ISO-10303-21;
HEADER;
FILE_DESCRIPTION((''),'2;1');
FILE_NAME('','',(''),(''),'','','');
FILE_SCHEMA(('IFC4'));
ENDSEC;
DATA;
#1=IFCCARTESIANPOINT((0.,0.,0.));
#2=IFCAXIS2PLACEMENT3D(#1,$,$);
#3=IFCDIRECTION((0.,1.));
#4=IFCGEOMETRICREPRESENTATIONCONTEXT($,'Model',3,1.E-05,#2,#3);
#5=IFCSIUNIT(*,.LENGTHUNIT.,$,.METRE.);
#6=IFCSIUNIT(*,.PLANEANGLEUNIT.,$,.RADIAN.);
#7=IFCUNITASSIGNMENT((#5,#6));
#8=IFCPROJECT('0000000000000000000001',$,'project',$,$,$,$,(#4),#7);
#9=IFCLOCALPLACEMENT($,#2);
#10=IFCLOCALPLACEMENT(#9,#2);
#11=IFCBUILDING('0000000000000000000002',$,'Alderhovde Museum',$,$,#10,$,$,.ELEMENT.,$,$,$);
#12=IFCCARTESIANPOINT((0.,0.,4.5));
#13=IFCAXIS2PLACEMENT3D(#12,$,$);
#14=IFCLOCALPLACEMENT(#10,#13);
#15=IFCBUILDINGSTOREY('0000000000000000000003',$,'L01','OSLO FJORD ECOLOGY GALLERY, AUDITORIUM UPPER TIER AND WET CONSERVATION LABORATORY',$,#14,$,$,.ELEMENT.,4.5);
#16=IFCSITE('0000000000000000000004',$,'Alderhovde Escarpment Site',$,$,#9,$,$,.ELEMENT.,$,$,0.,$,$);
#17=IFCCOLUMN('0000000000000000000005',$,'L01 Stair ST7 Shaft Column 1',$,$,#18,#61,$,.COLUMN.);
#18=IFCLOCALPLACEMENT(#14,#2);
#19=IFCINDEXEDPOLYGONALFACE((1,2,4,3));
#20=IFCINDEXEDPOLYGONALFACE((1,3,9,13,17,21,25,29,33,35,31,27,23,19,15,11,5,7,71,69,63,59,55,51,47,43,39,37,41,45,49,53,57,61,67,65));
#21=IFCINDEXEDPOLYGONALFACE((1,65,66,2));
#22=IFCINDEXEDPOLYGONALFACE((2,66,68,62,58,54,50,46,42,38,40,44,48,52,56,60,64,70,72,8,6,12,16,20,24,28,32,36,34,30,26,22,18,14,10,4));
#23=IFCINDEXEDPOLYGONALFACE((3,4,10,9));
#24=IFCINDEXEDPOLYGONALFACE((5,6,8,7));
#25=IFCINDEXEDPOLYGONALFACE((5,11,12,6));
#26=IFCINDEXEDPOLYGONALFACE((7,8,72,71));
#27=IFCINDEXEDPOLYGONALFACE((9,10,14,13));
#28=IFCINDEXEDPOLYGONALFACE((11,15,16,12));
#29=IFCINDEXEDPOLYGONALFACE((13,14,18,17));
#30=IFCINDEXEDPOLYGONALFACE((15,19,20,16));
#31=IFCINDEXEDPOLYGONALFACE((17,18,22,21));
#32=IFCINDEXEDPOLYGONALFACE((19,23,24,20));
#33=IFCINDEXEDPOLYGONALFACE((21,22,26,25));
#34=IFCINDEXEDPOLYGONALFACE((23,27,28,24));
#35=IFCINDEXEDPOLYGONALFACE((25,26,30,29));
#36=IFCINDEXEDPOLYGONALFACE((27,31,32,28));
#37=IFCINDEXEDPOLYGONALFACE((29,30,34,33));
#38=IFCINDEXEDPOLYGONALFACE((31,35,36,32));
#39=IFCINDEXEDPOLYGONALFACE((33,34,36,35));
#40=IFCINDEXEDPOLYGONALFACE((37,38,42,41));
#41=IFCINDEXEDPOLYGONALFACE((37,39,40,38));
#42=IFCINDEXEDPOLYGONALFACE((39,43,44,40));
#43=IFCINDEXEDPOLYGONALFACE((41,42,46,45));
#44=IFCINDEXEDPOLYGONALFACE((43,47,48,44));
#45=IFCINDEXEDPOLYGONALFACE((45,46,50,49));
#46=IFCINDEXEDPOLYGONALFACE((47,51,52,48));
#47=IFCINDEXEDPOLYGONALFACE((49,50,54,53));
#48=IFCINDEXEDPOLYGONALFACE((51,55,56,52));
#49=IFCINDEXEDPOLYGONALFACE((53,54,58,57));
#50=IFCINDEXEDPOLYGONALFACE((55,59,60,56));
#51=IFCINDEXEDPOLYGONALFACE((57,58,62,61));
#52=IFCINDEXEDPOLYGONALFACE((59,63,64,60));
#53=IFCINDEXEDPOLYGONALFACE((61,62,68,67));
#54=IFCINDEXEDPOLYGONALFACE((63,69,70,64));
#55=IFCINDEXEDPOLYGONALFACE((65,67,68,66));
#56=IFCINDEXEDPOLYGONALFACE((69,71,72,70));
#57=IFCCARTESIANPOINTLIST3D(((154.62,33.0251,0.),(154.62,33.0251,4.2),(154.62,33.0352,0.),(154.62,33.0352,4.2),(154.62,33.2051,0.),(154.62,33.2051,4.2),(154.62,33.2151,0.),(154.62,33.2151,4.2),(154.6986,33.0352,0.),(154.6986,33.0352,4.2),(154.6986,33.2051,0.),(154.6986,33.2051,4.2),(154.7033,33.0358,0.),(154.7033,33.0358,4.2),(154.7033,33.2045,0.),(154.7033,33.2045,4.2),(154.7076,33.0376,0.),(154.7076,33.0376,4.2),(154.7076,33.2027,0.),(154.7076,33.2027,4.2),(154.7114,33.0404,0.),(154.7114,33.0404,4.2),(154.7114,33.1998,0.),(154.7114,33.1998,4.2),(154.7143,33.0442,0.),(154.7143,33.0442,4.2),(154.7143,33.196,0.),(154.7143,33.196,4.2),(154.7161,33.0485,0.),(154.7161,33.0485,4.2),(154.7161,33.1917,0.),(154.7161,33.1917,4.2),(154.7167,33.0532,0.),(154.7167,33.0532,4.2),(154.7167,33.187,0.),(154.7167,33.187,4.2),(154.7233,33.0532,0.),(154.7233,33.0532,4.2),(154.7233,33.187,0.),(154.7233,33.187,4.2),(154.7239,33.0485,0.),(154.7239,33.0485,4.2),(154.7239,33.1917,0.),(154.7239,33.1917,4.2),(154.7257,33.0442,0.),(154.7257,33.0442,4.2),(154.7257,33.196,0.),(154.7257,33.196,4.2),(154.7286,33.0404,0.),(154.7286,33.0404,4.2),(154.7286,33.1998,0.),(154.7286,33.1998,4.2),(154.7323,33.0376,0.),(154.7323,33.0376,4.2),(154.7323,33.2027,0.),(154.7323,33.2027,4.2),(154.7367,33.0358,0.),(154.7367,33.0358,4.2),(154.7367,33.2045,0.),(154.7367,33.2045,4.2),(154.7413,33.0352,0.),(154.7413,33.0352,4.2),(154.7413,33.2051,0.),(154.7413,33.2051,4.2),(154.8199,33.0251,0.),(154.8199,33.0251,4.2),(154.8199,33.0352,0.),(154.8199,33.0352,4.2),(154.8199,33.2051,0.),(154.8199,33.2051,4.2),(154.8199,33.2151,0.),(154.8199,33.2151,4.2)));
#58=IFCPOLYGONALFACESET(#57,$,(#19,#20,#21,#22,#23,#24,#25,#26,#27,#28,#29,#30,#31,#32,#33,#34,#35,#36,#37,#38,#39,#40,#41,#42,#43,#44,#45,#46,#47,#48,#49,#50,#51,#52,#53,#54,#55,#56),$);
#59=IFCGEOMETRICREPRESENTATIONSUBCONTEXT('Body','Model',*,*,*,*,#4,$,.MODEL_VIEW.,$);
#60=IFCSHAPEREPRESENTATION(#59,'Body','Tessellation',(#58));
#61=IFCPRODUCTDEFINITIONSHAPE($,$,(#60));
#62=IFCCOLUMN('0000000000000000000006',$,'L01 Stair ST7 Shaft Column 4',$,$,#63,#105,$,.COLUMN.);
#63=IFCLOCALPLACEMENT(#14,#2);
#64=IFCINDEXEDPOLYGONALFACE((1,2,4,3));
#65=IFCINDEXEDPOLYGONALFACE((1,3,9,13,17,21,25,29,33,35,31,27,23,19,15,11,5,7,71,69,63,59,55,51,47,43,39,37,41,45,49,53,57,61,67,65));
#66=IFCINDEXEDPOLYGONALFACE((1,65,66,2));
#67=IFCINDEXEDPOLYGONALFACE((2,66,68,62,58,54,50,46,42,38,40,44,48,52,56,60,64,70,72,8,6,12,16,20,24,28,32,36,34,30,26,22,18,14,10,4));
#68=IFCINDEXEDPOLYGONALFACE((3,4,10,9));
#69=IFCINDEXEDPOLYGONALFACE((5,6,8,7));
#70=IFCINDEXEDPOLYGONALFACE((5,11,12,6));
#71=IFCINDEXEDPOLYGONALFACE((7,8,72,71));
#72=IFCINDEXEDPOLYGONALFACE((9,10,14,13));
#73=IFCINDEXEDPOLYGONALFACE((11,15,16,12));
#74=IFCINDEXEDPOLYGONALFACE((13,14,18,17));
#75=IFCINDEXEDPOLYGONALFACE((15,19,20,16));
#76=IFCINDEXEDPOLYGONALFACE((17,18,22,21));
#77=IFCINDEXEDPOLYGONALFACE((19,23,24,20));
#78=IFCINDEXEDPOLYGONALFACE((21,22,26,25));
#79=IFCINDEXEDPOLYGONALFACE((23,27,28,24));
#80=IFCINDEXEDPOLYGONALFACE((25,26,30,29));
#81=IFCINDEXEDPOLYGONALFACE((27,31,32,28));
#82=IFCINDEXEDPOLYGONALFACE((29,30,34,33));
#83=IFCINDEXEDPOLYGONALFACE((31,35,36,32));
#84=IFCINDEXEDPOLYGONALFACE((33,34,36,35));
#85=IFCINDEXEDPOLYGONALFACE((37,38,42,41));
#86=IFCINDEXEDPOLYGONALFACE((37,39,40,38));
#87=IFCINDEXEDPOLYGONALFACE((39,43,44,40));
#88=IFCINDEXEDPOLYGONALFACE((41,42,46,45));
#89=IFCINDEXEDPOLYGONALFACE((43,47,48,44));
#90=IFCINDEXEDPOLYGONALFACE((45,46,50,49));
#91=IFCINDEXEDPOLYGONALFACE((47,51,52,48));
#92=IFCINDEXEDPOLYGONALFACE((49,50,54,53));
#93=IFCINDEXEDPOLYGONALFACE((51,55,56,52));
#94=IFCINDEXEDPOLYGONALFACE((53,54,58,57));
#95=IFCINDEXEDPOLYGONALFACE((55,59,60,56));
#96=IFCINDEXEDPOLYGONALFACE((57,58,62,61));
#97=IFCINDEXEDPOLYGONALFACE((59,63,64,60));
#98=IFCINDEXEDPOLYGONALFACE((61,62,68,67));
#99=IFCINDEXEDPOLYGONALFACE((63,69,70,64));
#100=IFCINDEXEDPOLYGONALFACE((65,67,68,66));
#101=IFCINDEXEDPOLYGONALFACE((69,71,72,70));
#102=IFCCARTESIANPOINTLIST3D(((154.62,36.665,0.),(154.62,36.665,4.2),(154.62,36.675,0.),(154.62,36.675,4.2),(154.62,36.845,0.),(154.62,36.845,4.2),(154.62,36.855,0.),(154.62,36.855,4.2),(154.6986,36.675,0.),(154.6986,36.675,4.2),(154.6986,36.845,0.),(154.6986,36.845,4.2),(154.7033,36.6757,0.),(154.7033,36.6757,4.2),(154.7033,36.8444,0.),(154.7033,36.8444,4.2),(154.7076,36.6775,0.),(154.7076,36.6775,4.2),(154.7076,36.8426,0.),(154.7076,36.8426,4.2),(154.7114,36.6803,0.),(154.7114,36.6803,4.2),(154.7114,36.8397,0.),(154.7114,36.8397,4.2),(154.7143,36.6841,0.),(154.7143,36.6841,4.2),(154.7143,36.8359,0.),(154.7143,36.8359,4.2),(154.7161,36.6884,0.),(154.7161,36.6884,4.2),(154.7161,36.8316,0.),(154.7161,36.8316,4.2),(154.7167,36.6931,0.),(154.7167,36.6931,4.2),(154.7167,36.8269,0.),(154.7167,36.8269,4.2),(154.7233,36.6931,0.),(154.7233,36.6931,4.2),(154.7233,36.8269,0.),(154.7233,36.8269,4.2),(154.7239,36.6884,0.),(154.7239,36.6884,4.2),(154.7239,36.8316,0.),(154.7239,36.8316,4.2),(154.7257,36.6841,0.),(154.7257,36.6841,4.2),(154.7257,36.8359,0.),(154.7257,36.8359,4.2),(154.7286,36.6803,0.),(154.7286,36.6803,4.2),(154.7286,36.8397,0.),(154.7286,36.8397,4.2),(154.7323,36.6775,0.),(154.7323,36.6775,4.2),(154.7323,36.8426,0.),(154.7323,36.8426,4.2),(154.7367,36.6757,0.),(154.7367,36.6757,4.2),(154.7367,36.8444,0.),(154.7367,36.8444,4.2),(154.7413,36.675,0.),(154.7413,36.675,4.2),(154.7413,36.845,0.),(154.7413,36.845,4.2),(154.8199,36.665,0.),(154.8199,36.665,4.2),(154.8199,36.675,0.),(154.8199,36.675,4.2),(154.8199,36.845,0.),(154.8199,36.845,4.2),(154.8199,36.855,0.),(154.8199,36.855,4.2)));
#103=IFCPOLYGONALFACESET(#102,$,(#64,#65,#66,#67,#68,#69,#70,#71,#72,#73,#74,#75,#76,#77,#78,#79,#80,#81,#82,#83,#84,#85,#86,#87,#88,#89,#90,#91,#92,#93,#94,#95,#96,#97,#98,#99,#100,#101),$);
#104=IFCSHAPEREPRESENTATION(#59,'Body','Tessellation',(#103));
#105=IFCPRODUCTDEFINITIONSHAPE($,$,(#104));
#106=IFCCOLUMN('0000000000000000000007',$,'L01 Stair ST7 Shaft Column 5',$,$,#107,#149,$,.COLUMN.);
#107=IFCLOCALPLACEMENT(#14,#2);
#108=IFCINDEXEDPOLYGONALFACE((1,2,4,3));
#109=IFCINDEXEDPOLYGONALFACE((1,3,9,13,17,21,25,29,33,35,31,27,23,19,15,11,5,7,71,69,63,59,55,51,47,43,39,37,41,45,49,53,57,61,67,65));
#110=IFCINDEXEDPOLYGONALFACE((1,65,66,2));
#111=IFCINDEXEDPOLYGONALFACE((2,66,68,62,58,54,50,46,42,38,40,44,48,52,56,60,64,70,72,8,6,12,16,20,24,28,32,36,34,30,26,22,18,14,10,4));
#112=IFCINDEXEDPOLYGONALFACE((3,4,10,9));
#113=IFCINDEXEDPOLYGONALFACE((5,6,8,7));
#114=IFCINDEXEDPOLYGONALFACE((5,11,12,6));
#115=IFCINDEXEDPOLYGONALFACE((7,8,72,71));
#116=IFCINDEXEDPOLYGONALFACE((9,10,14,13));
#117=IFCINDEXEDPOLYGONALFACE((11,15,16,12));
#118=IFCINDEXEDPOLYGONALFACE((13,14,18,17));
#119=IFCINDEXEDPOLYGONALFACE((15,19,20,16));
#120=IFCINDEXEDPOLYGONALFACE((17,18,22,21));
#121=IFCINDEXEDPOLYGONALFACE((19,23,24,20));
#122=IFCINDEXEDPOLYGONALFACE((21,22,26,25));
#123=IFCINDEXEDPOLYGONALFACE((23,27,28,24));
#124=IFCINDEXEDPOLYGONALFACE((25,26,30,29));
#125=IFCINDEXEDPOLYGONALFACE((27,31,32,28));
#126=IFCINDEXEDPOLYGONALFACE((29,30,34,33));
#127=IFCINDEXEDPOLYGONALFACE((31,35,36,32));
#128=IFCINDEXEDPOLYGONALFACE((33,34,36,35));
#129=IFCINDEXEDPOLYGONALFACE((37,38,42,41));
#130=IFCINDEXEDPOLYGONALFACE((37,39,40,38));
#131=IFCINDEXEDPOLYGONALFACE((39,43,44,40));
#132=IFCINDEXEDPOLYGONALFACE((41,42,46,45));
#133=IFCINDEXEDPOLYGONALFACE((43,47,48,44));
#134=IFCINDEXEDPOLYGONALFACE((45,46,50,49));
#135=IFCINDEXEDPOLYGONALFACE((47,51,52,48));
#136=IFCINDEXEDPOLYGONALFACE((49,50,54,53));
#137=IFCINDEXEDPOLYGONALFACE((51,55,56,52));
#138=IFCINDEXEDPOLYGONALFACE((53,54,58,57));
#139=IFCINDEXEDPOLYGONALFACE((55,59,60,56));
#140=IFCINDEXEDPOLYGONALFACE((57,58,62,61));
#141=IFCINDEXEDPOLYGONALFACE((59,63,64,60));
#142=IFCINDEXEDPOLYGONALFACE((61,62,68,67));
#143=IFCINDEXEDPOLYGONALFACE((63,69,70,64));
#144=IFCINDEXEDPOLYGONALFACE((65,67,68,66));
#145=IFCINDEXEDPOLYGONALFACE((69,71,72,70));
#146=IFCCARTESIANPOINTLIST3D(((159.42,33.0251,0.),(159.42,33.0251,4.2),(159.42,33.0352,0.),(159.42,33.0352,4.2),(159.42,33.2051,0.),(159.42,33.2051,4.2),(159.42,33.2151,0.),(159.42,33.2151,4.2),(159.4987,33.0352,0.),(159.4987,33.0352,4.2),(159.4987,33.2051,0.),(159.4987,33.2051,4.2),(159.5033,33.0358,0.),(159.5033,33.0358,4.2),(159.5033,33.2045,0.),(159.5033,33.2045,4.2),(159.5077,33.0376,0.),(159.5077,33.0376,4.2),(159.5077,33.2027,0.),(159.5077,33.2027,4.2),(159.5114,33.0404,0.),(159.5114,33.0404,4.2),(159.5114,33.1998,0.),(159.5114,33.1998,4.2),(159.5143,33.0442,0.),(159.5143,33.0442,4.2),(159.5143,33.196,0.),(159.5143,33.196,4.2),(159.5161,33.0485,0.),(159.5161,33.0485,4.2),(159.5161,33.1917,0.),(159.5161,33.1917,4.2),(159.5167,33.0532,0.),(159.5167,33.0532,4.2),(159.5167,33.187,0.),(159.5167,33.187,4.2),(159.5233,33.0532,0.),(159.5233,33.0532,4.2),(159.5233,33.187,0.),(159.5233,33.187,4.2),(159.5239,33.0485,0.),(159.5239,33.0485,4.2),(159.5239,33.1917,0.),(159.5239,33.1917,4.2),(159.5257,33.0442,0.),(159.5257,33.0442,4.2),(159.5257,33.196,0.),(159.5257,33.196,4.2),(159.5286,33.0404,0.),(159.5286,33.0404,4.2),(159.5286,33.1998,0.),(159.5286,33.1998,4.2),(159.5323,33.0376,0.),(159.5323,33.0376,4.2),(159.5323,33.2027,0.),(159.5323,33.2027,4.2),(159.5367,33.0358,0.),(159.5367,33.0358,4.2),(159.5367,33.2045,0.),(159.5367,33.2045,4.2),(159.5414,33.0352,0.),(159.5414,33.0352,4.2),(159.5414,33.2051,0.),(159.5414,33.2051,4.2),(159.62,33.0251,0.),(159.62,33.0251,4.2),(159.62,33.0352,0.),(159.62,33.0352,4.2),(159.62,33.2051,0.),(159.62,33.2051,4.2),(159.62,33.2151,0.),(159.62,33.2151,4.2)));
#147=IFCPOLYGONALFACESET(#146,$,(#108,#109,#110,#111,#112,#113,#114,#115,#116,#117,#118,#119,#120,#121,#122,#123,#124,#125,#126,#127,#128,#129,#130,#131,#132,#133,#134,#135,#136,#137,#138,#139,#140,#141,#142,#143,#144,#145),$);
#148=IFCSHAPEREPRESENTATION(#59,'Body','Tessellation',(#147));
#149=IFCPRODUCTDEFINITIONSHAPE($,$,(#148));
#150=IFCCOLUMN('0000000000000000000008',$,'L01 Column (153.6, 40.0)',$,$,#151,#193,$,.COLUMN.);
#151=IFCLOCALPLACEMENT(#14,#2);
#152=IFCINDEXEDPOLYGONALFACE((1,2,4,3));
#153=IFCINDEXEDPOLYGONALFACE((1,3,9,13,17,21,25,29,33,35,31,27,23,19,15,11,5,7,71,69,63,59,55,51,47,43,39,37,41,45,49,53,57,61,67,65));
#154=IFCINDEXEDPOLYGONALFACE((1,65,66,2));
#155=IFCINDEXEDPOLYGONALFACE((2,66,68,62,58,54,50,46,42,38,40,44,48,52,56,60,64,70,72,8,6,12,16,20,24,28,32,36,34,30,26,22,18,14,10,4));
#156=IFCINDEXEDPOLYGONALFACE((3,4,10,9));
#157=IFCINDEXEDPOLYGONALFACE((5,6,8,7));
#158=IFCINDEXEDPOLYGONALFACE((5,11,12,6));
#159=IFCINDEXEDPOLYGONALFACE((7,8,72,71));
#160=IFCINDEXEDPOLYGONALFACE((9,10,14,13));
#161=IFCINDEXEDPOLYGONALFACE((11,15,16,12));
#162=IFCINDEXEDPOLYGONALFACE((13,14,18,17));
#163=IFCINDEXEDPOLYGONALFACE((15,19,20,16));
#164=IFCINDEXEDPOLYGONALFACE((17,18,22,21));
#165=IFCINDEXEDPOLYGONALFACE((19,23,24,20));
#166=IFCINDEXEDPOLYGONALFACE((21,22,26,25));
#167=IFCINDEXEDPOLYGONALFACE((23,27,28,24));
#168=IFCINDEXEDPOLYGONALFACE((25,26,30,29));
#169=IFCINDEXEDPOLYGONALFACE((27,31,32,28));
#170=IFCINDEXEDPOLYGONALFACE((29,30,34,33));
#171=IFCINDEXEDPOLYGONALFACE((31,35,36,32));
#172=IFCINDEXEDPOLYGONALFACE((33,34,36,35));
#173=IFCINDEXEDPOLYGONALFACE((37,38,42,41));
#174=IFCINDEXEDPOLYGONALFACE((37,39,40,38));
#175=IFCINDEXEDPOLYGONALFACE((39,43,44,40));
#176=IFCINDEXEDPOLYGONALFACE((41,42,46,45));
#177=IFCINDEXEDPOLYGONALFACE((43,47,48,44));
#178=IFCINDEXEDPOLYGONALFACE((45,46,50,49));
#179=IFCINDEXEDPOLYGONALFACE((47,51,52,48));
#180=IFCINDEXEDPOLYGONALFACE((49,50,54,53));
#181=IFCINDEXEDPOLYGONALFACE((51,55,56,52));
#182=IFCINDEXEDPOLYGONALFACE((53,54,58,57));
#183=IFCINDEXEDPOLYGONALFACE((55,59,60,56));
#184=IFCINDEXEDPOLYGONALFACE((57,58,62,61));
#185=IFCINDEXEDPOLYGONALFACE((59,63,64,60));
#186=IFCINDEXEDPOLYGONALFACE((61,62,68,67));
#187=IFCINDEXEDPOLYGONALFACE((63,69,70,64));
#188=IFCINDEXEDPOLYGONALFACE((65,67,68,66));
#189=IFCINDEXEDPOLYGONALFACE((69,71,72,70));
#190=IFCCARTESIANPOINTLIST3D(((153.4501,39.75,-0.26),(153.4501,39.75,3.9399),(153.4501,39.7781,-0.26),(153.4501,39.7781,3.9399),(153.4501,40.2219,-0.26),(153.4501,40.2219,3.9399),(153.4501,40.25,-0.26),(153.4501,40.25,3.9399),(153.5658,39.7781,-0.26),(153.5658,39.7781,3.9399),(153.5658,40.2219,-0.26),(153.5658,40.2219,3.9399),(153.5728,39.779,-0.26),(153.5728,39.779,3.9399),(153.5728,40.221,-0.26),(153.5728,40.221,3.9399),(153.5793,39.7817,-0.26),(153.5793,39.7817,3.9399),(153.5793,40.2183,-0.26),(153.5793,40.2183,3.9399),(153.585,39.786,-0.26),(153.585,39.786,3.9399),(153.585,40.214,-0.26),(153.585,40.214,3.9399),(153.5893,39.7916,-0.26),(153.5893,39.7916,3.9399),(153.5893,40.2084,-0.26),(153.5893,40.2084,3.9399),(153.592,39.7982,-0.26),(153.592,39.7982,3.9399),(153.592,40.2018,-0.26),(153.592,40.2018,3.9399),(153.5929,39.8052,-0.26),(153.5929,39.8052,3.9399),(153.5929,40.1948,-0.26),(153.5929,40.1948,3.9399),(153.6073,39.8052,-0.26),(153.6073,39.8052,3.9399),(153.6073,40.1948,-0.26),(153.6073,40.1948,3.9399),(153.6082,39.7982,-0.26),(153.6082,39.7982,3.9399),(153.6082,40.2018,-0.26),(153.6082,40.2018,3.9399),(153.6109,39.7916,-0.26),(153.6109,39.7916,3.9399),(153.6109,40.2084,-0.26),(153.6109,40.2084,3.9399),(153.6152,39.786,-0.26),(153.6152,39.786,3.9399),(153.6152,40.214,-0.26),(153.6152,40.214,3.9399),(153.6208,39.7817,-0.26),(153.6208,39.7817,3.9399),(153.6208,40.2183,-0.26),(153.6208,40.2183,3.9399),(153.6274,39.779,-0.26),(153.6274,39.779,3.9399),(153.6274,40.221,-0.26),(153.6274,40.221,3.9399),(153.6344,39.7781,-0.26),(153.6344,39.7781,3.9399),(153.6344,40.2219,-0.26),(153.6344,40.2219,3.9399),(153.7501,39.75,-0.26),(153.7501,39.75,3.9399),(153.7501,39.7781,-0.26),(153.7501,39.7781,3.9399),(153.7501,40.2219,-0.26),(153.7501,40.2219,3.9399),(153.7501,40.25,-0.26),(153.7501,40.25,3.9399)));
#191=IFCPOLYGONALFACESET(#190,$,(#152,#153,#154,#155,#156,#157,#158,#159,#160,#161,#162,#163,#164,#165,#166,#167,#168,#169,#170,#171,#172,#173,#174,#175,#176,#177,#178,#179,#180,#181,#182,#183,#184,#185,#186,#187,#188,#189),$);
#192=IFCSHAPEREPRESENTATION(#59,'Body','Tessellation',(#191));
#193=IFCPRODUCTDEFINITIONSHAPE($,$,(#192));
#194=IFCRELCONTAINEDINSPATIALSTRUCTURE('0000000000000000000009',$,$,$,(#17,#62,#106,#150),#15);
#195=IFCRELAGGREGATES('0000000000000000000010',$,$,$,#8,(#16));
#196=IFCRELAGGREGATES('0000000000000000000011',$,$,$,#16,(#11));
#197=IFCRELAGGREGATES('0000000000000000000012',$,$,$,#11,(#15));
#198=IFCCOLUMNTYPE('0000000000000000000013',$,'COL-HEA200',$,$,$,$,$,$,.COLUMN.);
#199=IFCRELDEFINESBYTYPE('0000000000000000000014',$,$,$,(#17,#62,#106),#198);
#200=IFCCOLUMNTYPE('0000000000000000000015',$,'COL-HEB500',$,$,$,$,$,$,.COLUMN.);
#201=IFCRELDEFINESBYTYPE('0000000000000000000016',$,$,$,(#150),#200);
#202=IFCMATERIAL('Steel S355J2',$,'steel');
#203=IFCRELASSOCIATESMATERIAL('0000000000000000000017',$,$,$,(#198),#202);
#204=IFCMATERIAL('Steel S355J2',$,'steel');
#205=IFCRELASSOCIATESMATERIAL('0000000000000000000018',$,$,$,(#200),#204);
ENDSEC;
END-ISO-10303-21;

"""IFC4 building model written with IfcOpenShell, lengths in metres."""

from ifc_helpers import new_model, si_unit, direction, frame, origin, origin_2d, place, context, subcontext, project, spatial, i_section, extrude, material, material_profile, profile_set, type_object, element, save


model = new_model("IFC4")

# Units and contexts
model_context = context("Model", 3, precision=1e-05, world=origin(), true_north=direction((0.0, 1.0)))
body_context = subcontext(model_context, "Body", "Model", "MODEL_VIEW")
ifc_project = project(units=[si_unit("LENGTHUNIT", "METRE"), si_unit("PLANEANGLEUNIT", "RADIAN")], contexts=[model_context])

# Site, building, storey
site_placement = place(None, origin())
site = spatial("IfcSite", under=ifc_project, at=site_placement, Name="Alderhovde Escarpment Site", CompositionType="ELEMENT", RefElevation=0.0)
building_placement = place(site_placement, origin())
building = spatial("IfcBuilding", under=site, at=building_placement, Name="Alderhovde Museum", CompositionType="ELEMENT")
storey_placement = place(building_placement, frame((0.0, 0.0, 4.5)))
storey = spatial("IfcBuildingStorey", under=building, at=storey_placement, Name="L01", Description="OSLO FJORD ECOLOGY GALLERY, AUDITORIUM UPPER TIER AND WET CONSERVATION LABORATORY", CompositionType="ELEMENT", Elevation=4.5)

# Columns
ifc_material_1 = material(Name="Steel S355J2", Category="steel")
ifc_material_profile_1 = material_profile(ifc_material_1, i_section(OverallWidth=0.2, OverallDepth=0.1899, WebThickness=0.0066, FlangeThickness=0.01, FilletRadius=0.0181, at=origin_2d()), Name="HEA 200")
ifc_profile_set_1 = profile_set([ifc_material_profile_1], Name="Steel S355J2")
column_type_1 = type_object("IfcColumnType", Name="COL-HEA200", PredefinedType="COLUMN", material=ifc_profile_set_1)
for number, where, z_axis, x_axis, name in (
    (1, (154.72, 33.1201, 0.0), (0.0, 0.0, 1.0), (1.0, 0.0, 0.0), "L01 Stair ST7 Shaft Column 1"),
    (2, (154.72, 36.76, 0.0), (0.0, 0.0, 1.0), (1.0, 0.0, 0.0), "L01 Stair ST7 Shaft Column 4"),
    (3, (159.52, 33.1201, 0.0), (0.0, 0.0, 1.0), (1.0, 0.0, 0.0), "L01 Stair ST7 Shaft Column 5"),
):
    element("IfcColumn", number, at=place(storey_placement, frame(where, z_axis=z_axis, x_axis=x_axis)), inside=storey, type_object=column_type_1, Name=name, PredefinedType="COLUMN", context=body_context, shape_type="SweptSolid", body=[
        extrude(i_section(OverallWidth=0.2, OverallDepth=0.1899, WebThickness=0.0066, FlangeThickness=0.01, FilletRadius=0.0181, at=origin_2d()), origin(), (0.0, 0.0, 1.0), 4.2),
    ])
ifc_material_2 = material(Name="Steel S355J2", Category="steel")
ifc_material_profile_2 = material_profile(ifc_material_2, i_section(OverallWidth=0.3, OverallDepth=0.5, WebThickness=0.0144, FlangeThickness=0.0281, FilletRadius=0.0271, at=origin_2d()), Name="HEB 500")
ifc_profile_set_2 = profile_set([ifc_material_profile_2], Name="Steel S355J2")
column_type_2 = type_object("IfcColumnType", Name="COL-HEB500", PredefinedType="COLUMN", material=ifc_profile_set_2)
column_1_placement = place(storey_placement, frame((153.6001, 40.0, -0.26), z_axis=(0.0, 0.0, 1.0), x_axis=(1.0, 0.0, 0.0)))
element("IfcColumn", 4, at=column_1_placement, inside=storey, type_object=column_type_2, Name="L01 Column (153.6, 40.0)", PredefinedType="COLUMN", context=body_context, shape_type="SweptSolid", body=[
    extrude(i_section(OverallWidth=0.3, OverallDepth=0.5, WebThickness=0.0144, FlangeThickness=0.0281, FilletRadius=0.0271, at=origin_2d()), origin(), (0.0, 0.0, 1.0), 4.2),
])

save(model, "model.ifc")
